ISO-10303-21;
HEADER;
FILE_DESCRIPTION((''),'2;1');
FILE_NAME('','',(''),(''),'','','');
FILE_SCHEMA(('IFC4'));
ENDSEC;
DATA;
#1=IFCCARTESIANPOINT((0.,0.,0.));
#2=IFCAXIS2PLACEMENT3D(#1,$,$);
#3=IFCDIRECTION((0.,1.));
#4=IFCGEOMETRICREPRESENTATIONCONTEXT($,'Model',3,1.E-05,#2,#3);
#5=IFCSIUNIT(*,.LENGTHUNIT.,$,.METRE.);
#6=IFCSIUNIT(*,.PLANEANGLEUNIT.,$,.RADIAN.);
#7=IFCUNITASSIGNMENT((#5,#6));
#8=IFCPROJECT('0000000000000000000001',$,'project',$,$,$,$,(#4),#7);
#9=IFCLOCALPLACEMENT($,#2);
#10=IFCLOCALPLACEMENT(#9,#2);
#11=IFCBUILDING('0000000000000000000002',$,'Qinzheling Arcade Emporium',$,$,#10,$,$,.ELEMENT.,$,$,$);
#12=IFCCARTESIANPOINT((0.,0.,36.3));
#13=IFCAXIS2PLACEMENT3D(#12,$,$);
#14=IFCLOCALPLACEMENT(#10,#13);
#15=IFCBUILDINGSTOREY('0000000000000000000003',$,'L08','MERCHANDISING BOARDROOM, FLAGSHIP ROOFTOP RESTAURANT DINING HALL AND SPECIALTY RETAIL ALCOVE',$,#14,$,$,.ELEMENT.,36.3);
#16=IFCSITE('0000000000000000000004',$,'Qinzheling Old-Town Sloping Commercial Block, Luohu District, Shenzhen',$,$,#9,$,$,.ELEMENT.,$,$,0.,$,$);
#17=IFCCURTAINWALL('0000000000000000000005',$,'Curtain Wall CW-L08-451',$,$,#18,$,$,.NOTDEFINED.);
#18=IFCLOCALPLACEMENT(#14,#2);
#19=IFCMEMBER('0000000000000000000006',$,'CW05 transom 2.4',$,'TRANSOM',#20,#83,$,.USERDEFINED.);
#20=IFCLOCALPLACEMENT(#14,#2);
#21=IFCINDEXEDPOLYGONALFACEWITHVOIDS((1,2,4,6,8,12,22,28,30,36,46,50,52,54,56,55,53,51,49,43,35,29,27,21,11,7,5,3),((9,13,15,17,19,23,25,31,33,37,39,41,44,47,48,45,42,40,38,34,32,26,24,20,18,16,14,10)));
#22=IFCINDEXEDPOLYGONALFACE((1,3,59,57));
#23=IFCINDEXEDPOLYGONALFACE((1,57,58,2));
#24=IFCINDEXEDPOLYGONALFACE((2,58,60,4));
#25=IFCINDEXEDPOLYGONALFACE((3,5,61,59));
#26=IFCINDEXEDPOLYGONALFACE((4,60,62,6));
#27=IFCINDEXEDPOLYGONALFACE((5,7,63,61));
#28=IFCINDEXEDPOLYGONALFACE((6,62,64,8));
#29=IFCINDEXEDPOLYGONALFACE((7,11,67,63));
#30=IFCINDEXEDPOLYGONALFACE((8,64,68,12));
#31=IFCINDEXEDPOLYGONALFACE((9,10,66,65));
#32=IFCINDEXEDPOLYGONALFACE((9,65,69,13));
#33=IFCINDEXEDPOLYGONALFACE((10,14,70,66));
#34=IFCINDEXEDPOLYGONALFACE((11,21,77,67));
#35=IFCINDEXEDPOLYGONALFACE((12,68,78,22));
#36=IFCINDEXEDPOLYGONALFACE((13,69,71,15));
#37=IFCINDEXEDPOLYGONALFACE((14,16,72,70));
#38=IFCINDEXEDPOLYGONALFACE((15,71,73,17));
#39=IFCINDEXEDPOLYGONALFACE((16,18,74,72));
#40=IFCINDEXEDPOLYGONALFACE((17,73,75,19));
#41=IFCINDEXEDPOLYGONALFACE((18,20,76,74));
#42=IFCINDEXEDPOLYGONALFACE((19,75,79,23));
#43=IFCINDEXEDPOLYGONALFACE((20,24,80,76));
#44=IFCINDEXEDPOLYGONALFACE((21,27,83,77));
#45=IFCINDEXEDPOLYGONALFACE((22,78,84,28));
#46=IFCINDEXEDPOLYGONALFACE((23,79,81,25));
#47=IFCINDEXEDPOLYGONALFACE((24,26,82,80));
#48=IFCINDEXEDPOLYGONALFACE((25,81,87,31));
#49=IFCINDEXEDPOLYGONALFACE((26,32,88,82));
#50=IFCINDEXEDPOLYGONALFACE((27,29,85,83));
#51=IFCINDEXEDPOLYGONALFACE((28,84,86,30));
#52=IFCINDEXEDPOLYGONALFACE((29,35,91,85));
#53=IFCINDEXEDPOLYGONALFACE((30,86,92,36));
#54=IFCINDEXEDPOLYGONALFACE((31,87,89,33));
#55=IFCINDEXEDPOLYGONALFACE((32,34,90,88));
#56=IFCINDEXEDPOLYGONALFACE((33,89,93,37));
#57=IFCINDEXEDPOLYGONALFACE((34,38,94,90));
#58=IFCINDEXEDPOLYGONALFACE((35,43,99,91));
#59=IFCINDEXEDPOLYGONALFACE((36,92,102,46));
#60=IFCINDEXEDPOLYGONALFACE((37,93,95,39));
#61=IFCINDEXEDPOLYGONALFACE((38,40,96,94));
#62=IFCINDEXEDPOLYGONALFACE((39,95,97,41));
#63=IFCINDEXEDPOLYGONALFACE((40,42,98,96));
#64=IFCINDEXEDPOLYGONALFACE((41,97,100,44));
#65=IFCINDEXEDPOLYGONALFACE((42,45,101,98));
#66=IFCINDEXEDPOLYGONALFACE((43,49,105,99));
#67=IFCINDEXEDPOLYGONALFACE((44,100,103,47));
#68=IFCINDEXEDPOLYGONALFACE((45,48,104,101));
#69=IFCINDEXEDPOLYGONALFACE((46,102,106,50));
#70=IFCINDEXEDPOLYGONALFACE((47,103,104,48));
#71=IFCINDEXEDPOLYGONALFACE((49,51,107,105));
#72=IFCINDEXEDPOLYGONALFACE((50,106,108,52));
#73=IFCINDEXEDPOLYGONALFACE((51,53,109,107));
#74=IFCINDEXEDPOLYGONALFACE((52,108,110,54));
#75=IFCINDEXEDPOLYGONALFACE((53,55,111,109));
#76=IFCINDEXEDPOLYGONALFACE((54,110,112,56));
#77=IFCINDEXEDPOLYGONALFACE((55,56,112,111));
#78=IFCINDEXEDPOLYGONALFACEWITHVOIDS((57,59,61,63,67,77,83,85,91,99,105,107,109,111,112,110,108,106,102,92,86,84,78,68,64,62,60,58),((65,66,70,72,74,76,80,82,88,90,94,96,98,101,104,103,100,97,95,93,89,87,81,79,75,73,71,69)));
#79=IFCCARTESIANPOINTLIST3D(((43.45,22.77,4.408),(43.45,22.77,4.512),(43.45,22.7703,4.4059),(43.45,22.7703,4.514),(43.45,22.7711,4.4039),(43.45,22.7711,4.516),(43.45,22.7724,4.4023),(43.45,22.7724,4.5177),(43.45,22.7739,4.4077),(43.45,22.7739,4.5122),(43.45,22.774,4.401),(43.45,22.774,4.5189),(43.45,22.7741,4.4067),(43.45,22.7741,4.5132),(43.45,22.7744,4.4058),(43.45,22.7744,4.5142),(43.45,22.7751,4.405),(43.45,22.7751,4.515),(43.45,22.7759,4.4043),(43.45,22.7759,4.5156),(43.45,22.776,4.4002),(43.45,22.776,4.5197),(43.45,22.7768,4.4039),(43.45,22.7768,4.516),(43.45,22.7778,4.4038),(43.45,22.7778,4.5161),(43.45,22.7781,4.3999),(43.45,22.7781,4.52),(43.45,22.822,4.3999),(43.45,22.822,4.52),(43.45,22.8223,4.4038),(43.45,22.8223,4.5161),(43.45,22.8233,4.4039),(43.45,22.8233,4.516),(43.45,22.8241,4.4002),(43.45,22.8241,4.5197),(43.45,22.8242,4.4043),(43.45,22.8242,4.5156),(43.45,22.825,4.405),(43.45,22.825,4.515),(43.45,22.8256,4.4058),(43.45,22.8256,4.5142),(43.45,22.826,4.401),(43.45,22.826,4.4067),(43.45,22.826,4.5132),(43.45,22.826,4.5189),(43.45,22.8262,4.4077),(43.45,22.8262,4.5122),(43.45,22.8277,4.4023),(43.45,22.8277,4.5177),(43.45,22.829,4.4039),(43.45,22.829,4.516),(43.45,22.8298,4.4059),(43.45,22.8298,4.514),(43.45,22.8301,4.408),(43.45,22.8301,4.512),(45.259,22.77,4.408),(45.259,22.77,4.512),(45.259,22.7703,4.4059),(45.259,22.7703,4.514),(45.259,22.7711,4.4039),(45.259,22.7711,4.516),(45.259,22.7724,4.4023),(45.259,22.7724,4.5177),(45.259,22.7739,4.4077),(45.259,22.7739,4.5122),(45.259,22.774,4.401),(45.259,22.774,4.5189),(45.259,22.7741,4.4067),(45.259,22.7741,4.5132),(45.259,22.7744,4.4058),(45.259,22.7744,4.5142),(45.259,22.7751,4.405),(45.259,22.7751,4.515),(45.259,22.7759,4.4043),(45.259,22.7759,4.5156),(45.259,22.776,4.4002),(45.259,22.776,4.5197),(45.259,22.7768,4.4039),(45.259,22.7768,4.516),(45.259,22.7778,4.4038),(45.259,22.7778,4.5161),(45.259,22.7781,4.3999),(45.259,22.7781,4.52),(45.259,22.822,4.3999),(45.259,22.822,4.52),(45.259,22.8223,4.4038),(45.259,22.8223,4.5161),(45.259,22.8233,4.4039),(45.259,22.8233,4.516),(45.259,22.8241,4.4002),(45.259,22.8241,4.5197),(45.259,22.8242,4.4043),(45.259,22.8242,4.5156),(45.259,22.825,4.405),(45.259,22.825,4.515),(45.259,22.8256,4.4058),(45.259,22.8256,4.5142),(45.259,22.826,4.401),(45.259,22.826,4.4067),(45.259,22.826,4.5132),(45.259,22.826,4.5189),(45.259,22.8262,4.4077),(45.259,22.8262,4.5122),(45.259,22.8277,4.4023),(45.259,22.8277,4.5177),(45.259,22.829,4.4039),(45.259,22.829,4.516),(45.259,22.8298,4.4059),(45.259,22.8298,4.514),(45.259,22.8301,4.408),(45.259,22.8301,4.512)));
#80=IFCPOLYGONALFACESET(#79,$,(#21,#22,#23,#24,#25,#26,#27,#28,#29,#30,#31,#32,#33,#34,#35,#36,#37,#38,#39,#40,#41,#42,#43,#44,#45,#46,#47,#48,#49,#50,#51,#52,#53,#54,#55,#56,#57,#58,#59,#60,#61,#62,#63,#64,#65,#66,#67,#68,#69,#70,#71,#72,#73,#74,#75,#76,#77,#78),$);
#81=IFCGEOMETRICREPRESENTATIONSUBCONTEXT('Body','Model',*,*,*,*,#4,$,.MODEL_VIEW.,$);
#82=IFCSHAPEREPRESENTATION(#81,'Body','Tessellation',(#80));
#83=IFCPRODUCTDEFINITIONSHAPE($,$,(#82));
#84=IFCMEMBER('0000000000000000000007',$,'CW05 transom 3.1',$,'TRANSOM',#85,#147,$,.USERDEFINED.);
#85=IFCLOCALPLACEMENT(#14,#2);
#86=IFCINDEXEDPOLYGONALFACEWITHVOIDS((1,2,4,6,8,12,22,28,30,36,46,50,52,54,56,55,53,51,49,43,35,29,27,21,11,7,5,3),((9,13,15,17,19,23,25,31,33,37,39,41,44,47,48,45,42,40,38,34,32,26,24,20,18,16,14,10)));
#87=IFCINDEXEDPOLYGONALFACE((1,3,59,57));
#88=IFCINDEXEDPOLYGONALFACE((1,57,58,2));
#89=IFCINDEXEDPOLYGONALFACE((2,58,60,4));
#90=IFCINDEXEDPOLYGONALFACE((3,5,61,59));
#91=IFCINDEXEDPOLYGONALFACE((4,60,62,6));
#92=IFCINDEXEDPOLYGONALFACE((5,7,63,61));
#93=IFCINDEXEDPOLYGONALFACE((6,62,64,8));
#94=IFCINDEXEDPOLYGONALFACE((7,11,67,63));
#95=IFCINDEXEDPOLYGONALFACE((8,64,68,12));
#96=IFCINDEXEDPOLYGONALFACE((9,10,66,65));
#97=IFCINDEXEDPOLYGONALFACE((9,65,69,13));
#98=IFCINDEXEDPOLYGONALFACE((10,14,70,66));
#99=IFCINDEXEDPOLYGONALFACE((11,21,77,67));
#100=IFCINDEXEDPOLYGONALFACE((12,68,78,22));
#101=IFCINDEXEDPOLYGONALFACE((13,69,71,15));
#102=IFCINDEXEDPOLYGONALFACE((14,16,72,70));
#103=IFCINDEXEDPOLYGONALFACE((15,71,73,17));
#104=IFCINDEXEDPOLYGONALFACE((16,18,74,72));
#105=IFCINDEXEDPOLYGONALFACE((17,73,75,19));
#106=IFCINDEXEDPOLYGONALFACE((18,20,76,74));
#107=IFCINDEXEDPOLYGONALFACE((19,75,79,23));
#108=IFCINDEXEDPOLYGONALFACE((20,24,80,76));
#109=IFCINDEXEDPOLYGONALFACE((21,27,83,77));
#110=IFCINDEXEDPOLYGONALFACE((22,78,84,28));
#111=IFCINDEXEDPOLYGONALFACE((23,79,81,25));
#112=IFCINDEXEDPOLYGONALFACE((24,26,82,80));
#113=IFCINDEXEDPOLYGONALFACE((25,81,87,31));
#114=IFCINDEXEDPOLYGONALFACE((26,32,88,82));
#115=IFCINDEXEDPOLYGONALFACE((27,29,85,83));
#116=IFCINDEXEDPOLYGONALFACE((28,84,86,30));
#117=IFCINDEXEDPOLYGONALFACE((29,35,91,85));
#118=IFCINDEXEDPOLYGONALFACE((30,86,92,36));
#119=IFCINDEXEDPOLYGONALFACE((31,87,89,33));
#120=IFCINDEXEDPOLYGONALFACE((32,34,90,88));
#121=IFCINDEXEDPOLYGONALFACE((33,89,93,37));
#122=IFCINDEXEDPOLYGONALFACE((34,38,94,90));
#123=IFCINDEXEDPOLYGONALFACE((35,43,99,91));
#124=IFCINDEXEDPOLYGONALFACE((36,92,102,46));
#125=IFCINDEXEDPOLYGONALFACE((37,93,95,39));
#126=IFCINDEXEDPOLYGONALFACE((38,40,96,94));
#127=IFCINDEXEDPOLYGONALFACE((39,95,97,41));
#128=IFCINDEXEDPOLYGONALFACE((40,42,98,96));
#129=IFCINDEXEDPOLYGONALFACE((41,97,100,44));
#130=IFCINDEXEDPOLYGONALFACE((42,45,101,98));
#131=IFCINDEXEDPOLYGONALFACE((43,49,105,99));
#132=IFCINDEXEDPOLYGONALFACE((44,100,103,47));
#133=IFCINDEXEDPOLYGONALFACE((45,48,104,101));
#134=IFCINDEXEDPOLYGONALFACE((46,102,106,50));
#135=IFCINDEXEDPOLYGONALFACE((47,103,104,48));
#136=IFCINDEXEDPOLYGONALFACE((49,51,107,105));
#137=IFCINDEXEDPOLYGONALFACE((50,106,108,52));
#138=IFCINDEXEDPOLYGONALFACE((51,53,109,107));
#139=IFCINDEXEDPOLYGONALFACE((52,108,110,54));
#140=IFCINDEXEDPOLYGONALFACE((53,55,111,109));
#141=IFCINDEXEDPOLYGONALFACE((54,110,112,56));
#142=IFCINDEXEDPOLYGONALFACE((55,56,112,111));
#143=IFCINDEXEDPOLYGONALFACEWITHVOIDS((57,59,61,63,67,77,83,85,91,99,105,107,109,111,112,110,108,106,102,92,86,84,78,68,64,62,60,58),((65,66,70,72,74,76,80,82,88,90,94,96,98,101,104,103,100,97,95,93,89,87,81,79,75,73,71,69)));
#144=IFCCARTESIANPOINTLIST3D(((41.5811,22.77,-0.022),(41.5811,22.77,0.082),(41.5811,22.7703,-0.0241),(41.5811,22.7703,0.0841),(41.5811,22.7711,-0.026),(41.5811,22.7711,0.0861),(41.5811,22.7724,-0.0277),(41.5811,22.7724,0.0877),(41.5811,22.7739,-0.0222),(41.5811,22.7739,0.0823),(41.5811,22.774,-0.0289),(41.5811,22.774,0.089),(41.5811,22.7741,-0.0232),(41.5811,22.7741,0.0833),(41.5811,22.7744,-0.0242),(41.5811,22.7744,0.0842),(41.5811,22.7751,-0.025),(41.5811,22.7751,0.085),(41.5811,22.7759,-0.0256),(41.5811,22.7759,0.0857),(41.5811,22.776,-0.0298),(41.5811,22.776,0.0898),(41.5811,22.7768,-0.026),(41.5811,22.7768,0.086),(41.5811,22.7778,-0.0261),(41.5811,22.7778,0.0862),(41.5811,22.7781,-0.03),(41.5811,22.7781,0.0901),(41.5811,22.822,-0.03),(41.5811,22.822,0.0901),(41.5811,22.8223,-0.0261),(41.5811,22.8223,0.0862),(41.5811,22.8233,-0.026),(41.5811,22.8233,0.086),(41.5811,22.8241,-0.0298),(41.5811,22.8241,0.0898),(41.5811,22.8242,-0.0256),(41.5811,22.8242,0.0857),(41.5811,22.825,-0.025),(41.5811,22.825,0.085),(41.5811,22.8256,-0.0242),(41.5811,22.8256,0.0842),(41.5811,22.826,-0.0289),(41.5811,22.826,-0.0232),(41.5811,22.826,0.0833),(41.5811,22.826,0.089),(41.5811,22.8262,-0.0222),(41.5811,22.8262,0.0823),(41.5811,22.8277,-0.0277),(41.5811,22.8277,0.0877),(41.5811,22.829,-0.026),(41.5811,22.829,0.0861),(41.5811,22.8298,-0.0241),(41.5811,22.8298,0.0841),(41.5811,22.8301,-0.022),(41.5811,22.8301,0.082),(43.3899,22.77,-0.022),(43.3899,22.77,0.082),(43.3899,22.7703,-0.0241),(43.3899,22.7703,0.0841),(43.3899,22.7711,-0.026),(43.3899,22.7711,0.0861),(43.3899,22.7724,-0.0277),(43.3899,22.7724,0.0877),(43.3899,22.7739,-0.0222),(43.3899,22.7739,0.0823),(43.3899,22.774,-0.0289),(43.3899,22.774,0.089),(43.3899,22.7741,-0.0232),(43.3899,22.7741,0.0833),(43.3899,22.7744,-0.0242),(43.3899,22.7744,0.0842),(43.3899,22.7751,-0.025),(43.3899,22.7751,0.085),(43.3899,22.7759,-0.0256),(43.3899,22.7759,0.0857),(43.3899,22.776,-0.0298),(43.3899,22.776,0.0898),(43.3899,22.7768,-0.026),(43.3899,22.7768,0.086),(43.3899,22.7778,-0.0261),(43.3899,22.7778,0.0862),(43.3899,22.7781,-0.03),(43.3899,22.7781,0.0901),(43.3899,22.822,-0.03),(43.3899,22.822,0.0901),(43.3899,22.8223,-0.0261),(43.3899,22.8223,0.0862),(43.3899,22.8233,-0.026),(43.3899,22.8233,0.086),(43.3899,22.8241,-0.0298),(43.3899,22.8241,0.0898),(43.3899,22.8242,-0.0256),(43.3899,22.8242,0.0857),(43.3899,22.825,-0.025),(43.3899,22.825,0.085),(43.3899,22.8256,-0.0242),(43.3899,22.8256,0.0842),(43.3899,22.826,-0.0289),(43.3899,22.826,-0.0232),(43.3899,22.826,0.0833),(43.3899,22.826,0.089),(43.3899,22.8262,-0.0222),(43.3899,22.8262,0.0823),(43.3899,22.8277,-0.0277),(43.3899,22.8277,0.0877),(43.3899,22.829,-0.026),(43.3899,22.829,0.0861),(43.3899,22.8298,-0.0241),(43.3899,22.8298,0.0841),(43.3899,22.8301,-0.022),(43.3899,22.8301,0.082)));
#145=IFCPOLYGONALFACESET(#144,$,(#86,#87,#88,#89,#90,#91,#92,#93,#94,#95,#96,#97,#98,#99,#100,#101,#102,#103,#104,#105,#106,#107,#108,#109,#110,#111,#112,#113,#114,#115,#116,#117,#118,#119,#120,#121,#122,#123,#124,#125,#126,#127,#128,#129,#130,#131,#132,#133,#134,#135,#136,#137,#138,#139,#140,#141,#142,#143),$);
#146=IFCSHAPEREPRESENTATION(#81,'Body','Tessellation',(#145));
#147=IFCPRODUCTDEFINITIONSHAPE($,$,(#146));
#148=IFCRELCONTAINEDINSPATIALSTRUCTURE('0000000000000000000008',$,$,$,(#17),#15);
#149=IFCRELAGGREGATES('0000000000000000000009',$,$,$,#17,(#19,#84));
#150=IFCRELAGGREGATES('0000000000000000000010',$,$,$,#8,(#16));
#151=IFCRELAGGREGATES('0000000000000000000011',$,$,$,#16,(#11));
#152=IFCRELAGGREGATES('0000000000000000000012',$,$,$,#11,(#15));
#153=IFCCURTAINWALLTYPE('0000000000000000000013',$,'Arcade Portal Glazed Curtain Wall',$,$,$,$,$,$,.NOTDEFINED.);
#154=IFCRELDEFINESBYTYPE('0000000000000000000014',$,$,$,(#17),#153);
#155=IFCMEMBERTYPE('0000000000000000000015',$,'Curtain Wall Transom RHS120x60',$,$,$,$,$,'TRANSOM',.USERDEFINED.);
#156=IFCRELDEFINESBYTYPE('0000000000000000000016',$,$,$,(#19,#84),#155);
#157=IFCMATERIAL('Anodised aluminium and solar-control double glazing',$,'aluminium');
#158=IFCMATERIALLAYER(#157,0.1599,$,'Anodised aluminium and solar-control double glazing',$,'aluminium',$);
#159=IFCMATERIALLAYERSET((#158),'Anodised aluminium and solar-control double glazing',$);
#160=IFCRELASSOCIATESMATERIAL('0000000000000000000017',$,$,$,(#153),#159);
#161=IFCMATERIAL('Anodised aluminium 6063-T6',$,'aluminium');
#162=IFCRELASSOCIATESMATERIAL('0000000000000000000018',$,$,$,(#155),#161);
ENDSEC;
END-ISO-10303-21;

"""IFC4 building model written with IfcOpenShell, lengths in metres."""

from ifc_helpers import new_model, si_unit, direction, frame, origin, origin_2d, place, context, subcontext, project, spatial, hollow_rectangle, extrude, material, layer, layer_set, material_profile, profile_set, type_object, element, aggregate, save


model = new_model("IFC4")

# Units and contexts
model_context = context("Model", 3, precision=1e-05, world=origin(), true_north=direction((0.0, 1.0)))
body_context = subcontext(model_context, "Body", "Model", "MODEL_VIEW")
ifc_project = project(units=[si_unit("LENGTHUNIT", "METRE"), si_unit("PLANEANGLEUNIT", "RADIAN")], contexts=[model_context])

# Site, building, storey
site_placement = place(None, origin())
site = spatial("IfcSite", under=ifc_project, at=site_placement, Name="Qinzheling Old-Town Sloping Commercial Block, Luohu District, Shenzhen", CompositionType="ELEMENT", RefElevation=0.0)
building_placement = place(site_placement, origin())
building = spatial("IfcBuilding", under=site, at=building_placement, Name="Qinzheling Arcade Emporium", CompositionType="ELEMENT")
storey_placement = place(building_placement, frame((0.0, 0.0, 36.3)))
storey = spatial("IfcBuildingStorey", under=building, at=storey_placement, Name="L08", Description="MERCHANDISING BOARDROOM, FLAGSHIP ROOFTOP RESTAURANT DINING HALL AND SPECIALTY RETAIL ALCOVE", CompositionType="ELEMENT", Elevation=36.3)

# Curtain wall, members
ifc_material_1 = material(Name="Anodised aluminium and solar-control double glazing", Category="aluminium")
ifc_layer_1 = layer(ifc_material_1, 0.1599, Name="Anodised aluminium and solar-control double glazing", Category="aluminium")
ifc_layer_set_1 = layer_set([ifc_layer_1], Name="Anodised aluminium and solar-control double glazing")
curtain_wall_type = type_object("IfcCurtainWallType", Name="Arcade Portal Glazed Curtain Wall", PredefinedType="NOTDEFINED", material=ifc_layer_set_1)
curtain_wall_placement = place(storey_placement, origin())
curtain_wall = element("IfcCurtainWall", 1, at=curtain_wall_placement, inside=storey, type_object=curtain_wall_type, Name="Curtain Wall CW-L08-451", PredefinedType="NOTDEFINED")
ifc_material_2 = material(Name="Anodised aluminium 6063-T6", Category="aluminium")
ifc_material_profile_1 = material_profile(ifc_material_2, hollow_rectangle(XDim=0.0601, YDim=0.1201, WallThickness=0.0039, InnerFilletRadius=0.0039, OuterFilletRadius=0.0081, at=origin_2d()), Name="RHS 120x60x4", Category="aluminium")
ifc_profile_set_1 = profile_set([ifc_material_profile_1], Name="Anodised aluminium 6063-T6")
member_type_1 = type_object("IfcMemberType", Name="Curtain Wall Transom RHS120x60", ElementType="TRANSOM", PredefinedType="USERDEFINED", material=ifc_profile_set_1)
member_1_placement = place(storey_placement, frame((45.259, 22.8, 4.46), z_axis=(-1.0, 0.0, 0.0), x_axis=(0.0, -1.0, 0.0)))
member_1 = element("IfcMember", 2, at=member_1_placement, type_object=member_type_1, Name="CW05 transom 2.4", ObjectType="TRANSOM", PredefinedType="USERDEFINED", context=body_context, shape_type="SweptSolid", body=[
    extrude(hollow_rectangle(XDim=0.0601, YDim=0.1201, WallThickness=0.0039, InnerFilletRadius=0.0039, OuterFilletRadius=0.0081, at=origin_2d()), origin(), (0.0, 0.0, 1.0), 1.8091),
])
member_2_placement = place(storey_placement, frame((43.3899, 22.8, 0.03), z_axis=(-1.0, 0.0, 0.0), x_axis=(0.0, -1.0, 0.0)))
member_2 = element("IfcMember", 3, at=member_2_placement, type_object=member_type_1, Name="CW05 transom 3.1", ObjectType="TRANSOM", PredefinedType="USERDEFINED", context=body_context, shape_type="SweptSolid", body=[
    extrude(hollow_rectangle(XDim=0.0601, YDim=0.1201, WallThickness=0.0039, InnerFilletRadius=0.0039, OuterFilletRadius=0.0081, at=origin_2d()), origin(), (0.0, 0.0, 1.0), 1.8088),
])

aggregate(curtain_wall, [member_1, member_2])

save(model, "model.ifc")
